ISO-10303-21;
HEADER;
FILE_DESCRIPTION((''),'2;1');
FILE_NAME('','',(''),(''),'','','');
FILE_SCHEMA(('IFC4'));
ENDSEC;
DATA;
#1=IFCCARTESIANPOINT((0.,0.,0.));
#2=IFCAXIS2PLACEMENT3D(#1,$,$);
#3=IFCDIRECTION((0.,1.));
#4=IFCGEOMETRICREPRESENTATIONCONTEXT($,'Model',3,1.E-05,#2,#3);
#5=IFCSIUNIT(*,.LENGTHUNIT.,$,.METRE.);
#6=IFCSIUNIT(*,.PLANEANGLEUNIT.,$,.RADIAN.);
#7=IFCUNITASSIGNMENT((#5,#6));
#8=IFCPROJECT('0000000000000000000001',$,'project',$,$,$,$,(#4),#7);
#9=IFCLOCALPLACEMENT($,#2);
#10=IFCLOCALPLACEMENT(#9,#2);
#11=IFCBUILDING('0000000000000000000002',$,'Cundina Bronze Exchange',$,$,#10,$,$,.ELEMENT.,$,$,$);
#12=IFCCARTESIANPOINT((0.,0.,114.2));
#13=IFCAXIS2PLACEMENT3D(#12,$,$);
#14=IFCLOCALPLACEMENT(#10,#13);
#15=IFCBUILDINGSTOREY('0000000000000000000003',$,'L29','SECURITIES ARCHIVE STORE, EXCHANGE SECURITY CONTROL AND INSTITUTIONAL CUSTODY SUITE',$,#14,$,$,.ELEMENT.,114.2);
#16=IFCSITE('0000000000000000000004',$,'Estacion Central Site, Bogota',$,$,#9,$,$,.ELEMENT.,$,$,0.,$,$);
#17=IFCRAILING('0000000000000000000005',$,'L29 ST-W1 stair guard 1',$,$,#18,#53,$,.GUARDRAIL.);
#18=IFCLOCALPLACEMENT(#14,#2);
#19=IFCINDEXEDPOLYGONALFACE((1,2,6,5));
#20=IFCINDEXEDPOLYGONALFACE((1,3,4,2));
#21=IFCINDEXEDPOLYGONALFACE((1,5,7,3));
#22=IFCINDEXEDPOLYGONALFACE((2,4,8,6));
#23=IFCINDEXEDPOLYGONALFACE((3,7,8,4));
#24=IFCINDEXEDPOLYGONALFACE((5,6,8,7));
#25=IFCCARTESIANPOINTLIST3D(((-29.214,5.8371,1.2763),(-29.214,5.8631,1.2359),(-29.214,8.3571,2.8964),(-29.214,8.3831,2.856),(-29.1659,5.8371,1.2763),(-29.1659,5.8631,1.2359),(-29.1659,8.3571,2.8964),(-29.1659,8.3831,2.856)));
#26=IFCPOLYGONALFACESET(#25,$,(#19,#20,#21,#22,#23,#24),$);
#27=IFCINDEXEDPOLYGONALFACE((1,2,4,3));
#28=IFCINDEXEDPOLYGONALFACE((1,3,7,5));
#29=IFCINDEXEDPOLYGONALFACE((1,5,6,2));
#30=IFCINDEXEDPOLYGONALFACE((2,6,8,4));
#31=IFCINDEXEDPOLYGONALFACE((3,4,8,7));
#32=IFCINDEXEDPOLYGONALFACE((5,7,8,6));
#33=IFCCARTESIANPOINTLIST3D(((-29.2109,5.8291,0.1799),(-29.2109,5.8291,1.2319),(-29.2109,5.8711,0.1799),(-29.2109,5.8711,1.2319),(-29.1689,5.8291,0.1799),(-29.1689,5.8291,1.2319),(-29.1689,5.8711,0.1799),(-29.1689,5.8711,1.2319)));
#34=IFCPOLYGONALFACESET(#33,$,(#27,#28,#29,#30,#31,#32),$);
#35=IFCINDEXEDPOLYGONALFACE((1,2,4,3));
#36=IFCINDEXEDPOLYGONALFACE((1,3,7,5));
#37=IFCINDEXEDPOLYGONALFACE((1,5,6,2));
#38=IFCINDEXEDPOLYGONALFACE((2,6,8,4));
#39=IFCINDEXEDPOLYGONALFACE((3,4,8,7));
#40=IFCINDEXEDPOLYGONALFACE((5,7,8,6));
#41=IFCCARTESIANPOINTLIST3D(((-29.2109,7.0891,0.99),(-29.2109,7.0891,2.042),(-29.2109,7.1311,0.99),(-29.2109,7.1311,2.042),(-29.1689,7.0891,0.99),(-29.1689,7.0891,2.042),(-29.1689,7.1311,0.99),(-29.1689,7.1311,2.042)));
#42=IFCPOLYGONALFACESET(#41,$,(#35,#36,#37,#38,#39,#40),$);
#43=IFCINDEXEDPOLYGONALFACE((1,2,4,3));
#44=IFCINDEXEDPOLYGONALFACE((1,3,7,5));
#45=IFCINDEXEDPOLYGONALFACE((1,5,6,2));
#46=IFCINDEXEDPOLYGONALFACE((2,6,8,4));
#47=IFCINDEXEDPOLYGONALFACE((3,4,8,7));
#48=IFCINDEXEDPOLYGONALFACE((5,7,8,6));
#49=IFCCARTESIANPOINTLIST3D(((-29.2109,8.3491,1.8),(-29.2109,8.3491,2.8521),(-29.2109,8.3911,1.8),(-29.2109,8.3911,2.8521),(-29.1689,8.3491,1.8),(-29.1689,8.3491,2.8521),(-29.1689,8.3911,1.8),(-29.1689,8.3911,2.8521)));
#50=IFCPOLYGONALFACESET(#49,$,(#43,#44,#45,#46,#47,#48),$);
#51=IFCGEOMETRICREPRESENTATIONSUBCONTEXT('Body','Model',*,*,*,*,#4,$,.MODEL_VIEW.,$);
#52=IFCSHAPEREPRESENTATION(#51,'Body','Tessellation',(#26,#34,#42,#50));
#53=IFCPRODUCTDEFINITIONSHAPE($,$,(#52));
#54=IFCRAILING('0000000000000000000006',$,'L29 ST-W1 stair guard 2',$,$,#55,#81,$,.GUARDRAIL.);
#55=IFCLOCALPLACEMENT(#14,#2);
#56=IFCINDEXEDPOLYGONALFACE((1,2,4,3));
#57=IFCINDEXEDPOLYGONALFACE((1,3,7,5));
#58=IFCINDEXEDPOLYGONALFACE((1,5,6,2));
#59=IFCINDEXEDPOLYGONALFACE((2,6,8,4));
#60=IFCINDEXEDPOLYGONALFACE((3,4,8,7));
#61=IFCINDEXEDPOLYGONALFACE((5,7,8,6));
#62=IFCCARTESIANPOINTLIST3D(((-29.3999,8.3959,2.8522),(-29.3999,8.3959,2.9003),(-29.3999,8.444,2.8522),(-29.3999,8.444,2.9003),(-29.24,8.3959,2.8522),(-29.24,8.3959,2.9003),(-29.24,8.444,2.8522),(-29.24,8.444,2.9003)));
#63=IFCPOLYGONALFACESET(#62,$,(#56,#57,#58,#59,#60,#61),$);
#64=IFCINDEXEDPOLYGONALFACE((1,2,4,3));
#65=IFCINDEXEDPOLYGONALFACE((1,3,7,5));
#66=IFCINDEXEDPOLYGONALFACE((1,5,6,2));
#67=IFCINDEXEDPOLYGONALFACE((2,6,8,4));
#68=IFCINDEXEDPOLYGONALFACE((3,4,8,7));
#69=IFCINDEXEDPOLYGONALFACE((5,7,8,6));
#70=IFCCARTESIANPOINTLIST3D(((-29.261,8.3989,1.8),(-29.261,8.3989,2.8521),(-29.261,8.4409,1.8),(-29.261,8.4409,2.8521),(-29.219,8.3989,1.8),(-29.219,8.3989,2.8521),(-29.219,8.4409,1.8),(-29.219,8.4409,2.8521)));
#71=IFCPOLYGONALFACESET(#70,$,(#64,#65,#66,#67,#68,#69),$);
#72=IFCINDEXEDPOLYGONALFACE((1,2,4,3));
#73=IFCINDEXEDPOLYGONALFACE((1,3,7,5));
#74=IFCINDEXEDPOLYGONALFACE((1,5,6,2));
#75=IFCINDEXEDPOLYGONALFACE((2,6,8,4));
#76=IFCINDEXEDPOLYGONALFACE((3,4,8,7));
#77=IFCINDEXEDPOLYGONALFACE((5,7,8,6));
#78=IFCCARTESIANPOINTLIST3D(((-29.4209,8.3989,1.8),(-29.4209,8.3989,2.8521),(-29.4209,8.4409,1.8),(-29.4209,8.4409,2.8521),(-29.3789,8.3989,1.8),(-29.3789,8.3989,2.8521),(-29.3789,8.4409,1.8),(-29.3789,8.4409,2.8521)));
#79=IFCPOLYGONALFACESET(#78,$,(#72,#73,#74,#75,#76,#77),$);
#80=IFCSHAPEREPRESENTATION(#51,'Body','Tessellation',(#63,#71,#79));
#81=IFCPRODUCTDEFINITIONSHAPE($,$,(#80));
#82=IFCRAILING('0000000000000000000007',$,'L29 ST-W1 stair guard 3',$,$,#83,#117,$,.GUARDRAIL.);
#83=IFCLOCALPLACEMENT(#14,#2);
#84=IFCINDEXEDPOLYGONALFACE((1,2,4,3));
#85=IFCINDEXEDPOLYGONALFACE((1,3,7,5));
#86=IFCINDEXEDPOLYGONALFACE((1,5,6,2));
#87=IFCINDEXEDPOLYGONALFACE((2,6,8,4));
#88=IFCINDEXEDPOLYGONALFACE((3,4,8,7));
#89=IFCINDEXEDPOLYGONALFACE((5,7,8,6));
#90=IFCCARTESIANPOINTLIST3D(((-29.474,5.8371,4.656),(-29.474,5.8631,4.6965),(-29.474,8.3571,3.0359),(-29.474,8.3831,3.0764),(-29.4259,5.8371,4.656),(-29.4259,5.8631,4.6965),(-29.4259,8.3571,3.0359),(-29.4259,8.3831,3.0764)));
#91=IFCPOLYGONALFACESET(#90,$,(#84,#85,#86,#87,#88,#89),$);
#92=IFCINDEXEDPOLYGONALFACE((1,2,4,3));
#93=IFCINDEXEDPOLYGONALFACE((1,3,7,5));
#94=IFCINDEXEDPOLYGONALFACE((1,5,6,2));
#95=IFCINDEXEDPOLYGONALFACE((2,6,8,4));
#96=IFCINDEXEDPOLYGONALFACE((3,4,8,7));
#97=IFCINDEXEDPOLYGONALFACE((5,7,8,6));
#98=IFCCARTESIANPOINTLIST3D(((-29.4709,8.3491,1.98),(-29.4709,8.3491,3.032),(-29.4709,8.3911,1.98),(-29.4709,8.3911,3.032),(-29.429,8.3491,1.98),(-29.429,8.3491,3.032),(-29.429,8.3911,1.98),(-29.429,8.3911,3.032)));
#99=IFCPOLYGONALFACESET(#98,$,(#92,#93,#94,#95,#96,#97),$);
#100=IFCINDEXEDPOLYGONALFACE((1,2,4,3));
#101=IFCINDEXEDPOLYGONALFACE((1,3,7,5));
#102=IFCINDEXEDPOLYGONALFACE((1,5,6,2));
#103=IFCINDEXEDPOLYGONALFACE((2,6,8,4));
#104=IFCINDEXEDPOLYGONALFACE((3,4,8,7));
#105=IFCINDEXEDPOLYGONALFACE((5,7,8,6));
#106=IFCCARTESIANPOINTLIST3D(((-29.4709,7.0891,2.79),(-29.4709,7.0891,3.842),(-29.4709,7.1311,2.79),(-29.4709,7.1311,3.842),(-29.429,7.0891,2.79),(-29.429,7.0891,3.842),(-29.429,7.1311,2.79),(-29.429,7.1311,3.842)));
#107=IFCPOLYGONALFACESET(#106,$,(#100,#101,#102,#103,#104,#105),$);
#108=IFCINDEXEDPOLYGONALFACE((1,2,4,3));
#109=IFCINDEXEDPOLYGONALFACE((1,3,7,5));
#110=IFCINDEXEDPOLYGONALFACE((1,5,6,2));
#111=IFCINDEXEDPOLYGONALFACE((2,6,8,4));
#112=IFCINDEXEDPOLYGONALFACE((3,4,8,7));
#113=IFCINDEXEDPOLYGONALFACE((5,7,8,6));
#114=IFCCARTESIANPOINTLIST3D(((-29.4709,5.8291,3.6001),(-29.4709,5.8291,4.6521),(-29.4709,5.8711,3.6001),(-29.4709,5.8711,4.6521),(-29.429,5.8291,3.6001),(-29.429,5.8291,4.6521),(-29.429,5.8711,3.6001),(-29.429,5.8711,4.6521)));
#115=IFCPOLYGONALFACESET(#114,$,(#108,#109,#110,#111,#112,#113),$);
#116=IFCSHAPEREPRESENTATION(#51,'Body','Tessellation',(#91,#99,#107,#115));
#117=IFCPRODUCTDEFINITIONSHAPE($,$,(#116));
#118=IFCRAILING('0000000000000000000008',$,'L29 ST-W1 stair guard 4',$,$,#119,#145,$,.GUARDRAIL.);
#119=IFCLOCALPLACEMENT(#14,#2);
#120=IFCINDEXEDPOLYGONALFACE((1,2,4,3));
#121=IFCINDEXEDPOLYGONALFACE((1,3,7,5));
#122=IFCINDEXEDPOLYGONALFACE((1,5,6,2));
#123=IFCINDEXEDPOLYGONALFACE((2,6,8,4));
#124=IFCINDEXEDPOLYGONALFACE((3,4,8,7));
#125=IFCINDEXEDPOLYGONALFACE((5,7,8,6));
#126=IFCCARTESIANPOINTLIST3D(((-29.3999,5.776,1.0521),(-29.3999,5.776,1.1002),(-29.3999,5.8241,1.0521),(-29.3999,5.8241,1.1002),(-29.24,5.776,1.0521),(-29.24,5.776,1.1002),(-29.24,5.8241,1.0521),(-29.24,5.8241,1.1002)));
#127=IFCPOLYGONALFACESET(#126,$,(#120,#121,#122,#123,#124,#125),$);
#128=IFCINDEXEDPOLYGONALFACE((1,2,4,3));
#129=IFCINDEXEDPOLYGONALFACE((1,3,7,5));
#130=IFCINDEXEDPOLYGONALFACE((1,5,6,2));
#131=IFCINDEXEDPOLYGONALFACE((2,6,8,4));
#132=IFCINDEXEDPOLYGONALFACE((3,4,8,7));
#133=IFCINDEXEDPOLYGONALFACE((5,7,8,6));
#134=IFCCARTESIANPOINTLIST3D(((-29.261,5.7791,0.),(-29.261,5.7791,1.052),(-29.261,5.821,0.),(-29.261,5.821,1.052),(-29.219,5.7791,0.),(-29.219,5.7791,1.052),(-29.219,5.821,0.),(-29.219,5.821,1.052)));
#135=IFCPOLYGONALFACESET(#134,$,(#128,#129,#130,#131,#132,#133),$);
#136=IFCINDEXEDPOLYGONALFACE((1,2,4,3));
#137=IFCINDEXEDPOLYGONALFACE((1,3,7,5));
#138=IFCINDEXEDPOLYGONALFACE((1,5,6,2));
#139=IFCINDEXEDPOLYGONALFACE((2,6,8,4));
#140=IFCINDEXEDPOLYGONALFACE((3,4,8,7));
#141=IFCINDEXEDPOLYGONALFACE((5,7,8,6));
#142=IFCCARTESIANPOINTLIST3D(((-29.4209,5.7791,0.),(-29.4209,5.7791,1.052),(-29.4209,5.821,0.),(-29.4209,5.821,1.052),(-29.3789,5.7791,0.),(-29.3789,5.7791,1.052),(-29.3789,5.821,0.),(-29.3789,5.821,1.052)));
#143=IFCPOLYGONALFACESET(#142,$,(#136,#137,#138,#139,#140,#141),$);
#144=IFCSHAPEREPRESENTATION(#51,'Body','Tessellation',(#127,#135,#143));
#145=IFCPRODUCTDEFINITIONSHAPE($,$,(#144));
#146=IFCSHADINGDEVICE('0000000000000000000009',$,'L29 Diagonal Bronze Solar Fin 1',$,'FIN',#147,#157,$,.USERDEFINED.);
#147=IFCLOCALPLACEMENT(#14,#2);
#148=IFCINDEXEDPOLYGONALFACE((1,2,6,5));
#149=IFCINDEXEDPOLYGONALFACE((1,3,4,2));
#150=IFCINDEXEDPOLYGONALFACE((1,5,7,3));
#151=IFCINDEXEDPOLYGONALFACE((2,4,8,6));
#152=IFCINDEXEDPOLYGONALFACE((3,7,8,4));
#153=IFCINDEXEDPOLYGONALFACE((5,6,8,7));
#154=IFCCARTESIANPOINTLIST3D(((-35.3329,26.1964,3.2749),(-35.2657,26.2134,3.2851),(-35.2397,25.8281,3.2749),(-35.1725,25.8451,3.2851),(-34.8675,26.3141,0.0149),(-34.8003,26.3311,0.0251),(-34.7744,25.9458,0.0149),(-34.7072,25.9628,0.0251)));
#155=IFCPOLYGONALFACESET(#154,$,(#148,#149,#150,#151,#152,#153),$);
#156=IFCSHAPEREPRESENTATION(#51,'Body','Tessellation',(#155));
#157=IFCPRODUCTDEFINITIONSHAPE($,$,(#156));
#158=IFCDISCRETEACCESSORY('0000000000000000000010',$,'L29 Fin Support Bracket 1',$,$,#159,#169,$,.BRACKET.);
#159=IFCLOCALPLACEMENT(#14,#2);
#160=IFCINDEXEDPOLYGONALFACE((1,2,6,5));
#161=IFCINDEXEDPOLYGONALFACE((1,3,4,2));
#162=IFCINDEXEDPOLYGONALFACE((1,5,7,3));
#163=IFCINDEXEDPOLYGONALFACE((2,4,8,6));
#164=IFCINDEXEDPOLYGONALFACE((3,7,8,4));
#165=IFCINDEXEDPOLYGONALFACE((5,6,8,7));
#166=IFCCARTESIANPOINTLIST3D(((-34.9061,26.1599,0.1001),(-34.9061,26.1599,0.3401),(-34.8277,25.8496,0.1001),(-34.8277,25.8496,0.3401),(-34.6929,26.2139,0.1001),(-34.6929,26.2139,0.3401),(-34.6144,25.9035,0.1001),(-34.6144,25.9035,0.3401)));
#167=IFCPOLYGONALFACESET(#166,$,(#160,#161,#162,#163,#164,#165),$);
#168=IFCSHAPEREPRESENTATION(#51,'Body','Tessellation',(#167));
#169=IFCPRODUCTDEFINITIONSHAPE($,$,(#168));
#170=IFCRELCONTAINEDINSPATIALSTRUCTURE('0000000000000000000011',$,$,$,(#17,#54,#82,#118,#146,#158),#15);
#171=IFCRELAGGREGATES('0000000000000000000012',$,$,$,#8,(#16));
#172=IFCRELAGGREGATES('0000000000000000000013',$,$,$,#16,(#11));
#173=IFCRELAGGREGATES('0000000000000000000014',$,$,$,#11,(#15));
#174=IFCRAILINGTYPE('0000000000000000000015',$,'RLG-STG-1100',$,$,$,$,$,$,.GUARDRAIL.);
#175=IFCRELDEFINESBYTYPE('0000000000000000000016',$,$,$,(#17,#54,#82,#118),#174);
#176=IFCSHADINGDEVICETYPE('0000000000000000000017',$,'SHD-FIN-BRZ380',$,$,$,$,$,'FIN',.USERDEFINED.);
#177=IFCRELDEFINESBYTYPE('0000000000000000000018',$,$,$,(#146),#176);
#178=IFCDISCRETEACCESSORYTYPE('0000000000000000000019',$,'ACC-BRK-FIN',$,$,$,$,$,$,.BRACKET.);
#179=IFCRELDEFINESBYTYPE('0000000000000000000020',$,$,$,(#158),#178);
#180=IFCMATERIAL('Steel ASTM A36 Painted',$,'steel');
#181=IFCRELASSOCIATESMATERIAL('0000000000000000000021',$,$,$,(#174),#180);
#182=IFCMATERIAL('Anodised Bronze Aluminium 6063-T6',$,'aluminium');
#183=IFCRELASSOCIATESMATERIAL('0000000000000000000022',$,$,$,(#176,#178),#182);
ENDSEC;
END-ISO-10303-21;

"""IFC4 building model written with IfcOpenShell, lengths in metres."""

from ifc_helpers import new_model, si_unit, direction, frame, origin, origin_2d, place, context, subcontext, project, spatial, rectangle, extrude, material, material_profile, profile_set, type_object, element, save


model = new_model("IFC4")

# Units and contexts
model_context = context("Model", 3, precision=1e-05, world=origin(), true_north=direction((0.0, 1.0)))
body_context = subcontext(model_context, "Body", "Model", "MODEL_VIEW")
ifc_project = project(units=[si_unit("LENGTHUNIT", "METRE"), si_unit("PLANEANGLEUNIT", "RADIAN")], contexts=[model_context])

# Site, building, storey
site_placement = place(None, origin())
site = spatial("IfcSite", under=ifc_project, at=site_placement, Name="Estacion Central Site, Bogota", CompositionType="ELEMENT", RefElevation=0.0)
building_placement = place(site_placement, origin())
building = spatial("IfcBuilding", under=site, at=building_placement, Name="Cundina Bronze Exchange", CompositionType="ELEMENT")
storey_placement = place(building_placement, frame((0.0, 0.0, 114.2)))
storey = spatial("IfcBuildingStorey", under=building, at=storey_placement, Name="L29", Description="SECURITIES ARCHIVE STORE, EXCHANGE SECURITY CONTROL AND INSTITUTIONAL CUSTODY SUITE", CompositionType="ELEMENT", Elevation=114.2)

# Shared definitions
ifc_material_1 = material(Name="Anodised Bronze Aluminium 6063-T6", Category="aluminium")

# Shared definitions
ifc_material_2 = material(Name="Steel ASTM A36 Painted", Category="steel")

# Railings
railing_type_1 = type_object("IfcRailingType", Name="RLG-STG-1100", PredefinedType="GUARDRAIL", material=ifc_material_2)
railing_1_placement = place(storey_placement, frame((-29.1899, 5.8501, 0.1799)))
element("IfcRailing", 1, at=railing_1_placement, inside=storey, type_object=railing_type_1, Name="L29 ST-W1 stair guard 1", PredefinedType="GUARDRAIL", context=body_context, shape_type="SweptSolid", body=[
    extrude(rectangle(XDim=0.0481, YDim=0.0481, at=origin_2d()), frame((0.0, 0.0, 1.0762), z_axis=(0.0, 0.841163, 0.540782), x_axis=(-1.0, 0.0, 0.0)), (0.0, 0.0, 1.0), 2.9958),
    extrude(rectangle(XDim=0.042, YDim=0.042, at=origin_2d()), origin(), (0.0, 0.0, 1.0), 1.052),
    extrude(rectangle(XDim=0.042, YDim=0.042, at=origin_2d()), frame((0.0, 1.26, 0.8101)), (0.0, 0.0, 1.0), 1.052),
    extrude(rectangle(XDim=0.042, YDim=0.042, at=origin_2d()), frame((0.0, 2.52, 1.6201)), (0.0, 0.0, 1.0), 1.052),
])
railing_2_placement = place(storey_placement, frame((-29.24, 8.4199, 1.8)))
element("IfcRailing", 2, at=railing_2_placement, inside=storey, type_object=railing_type_1, Name="L29 ST-W1 stair guard 2", PredefinedType="GUARDRAIL", context=body_context, shape_type="SweptSolid", body=[
    extrude(rectangle(XDim=0.0481, YDim=0.0481, at=origin_2d()), frame((0.0, 0.0, 1.0762), z_axis=(-1.0, 0.0, 0.0), x_axis=(0.0, -1.0, 0.0)), (0.0, 0.0, 1.0), 0.1599),
    extrude(rectangle(XDim=0.042, YDim=0.042, at=origin_2d()), origin(), (0.0, 0.0, 1.0), 1.052),
    extrude(rectangle(XDim=0.042, YDim=0.042, at=origin_2d()), frame((-0.1599, 0.0, 0.0)), (0.0, 0.0, 1.0), 1.052),
])
railing_3_placement = place(storey_placement, frame((-29.45, 8.3701, 1.98)))
element("IfcRailing", 3, at=railing_3_placement, inside=storey, type_object=railing_type_1, Name="L29 ST-W1 stair guard 3", PredefinedType="GUARDRAIL", context=body_context, shape_type="SweptSolid", body=[
    extrude(rectangle(XDim=0.0481, YDim=0.0481, at=origin_2d()), frame((0.0, 0.0, 1.0762), z_axis=(0.0, -0.841163, 0.540782), x_axis=(1.0, 0.0, 0.0)), (0.0, 0.0, 1.0), 2.9958),
    extrude(rectangle(XDim=0.042, YDim=0.042, at=origin_2d()), origin(), (0.0, 0.0, 1.0), 1.052),
    extrude(rectangle(XDim=0.042, YDim=0.042, at=origin_2d()), frame((0.0, -1.26, 0.8101)), (0.0, 0.0, 1.0), 1.052),
    extrude(rectangle(XDim=0.042, YDim=0.042, at=origin_2d()), frame((0.0, -2.52, 1.6201)), (0.0, 0.0, 1.0), 1.052),
])
railing_4_placement = place(storey_placement, frame((-29.24, 5.8, 0.0)))
element("IfcRailing", 4, at=railing_4_placement, inside=storey, type_object=railing_type_1, Name="L29 ST-W1 stair guard 4", PredefinedType="GUARDRAIL", context=body_context, shape_type="SweptSolid", body=[
    extrude(rectangle(XDim=0.0481, YDim=0.0481, at=origin_2d()), frame((0.0, 0.0, 1.0762), z_axis=(-1.0, 0.0, 0.0), x_axis=(0.0, -1.0, 0.0)), (0.0, 0.0, 1.0), 0.1599),
    extrude(rectangle(XDim=0.042, YDim=0.042, at=origin_2d()), origin(), (0.0, 0.0, 1.0), 1.052),
    extrude(rectangle(XDim=0.042, YDim=0.042, at=origin_2d()), frame((-0.1599, 0.0, 0.0)), (0.0, 0.0, 1.0), 1.052),
])

# Shading device
ifc_material_profile_1 = material_profile(ifc_material_1, rectangle(XDim=0.0701, YDim=0.3799, at=origin_2d()), Name="FIN70X380", Category="aluminium")
ifc_profile_set_1 = profile_set([ifc_material_profile_1], Name="Anodised Bronze Aluminium 6063-T6")
shading_device_type = type_object("IfcShadingDeviceType", Name="SHD-FIN-BRZ380", ElementType="FIN", PredefinedType="USERDEFINED", material=ifc_profile_set_1)
shading_device_placement = place(storey_placement, frame((-34.7874, 26.1384, 0.02), z_axis=(-0.141217, -0.035712, 0.989334), x_axis=(0.959141, 0.242553, 0.145663)))
element("IfcShadingDevice", 5, at=shading_device_placement, inside=storey, type_object=shading_device_type, Name="L29 Diagonal Bronze Solar Fin 1", ObjectType="FIN", PredefinedType="USERDEFINED", context=body_context, shape_type="SweptSolid", body=[
    extrude(rectangle(XDim=0.0701, YDim=0.3799, at=origin_2d()), origin(), (0.0, 0.0, 1.0), 3.2952),
])

# Discrete accessory
discrete_accessory_type = type_object("IfcDiscreteAccessoryType", Name="ACC-BRK-FIN", PredefinedType="BRACKET", material=ifc_material_1)
discrete_accessory_placement = place(storey_placement, frame((-34.7603, 26.0317, 0.1001), z_axis=(0.0, 0.0, 1.0), x_axis=(-0.969488, -0.245138, 0.0)))
element("IfcDiscreteAccessory", 6, at=discrete_accessory_placement, inside=storey, type_object=discrete_accessory_type, Name="L29 Fin Support Bracket 1", PredefinedType="BRACKET", context=body_context, shape_type="SweptSolid", body=[
    extrude(rectangle(XDim=0.22, YDim=0.3201, at=origin_2d()), origin(), (0.0, 0.0, 1.0), 0.24),
])

save(model, "model.ifc")
